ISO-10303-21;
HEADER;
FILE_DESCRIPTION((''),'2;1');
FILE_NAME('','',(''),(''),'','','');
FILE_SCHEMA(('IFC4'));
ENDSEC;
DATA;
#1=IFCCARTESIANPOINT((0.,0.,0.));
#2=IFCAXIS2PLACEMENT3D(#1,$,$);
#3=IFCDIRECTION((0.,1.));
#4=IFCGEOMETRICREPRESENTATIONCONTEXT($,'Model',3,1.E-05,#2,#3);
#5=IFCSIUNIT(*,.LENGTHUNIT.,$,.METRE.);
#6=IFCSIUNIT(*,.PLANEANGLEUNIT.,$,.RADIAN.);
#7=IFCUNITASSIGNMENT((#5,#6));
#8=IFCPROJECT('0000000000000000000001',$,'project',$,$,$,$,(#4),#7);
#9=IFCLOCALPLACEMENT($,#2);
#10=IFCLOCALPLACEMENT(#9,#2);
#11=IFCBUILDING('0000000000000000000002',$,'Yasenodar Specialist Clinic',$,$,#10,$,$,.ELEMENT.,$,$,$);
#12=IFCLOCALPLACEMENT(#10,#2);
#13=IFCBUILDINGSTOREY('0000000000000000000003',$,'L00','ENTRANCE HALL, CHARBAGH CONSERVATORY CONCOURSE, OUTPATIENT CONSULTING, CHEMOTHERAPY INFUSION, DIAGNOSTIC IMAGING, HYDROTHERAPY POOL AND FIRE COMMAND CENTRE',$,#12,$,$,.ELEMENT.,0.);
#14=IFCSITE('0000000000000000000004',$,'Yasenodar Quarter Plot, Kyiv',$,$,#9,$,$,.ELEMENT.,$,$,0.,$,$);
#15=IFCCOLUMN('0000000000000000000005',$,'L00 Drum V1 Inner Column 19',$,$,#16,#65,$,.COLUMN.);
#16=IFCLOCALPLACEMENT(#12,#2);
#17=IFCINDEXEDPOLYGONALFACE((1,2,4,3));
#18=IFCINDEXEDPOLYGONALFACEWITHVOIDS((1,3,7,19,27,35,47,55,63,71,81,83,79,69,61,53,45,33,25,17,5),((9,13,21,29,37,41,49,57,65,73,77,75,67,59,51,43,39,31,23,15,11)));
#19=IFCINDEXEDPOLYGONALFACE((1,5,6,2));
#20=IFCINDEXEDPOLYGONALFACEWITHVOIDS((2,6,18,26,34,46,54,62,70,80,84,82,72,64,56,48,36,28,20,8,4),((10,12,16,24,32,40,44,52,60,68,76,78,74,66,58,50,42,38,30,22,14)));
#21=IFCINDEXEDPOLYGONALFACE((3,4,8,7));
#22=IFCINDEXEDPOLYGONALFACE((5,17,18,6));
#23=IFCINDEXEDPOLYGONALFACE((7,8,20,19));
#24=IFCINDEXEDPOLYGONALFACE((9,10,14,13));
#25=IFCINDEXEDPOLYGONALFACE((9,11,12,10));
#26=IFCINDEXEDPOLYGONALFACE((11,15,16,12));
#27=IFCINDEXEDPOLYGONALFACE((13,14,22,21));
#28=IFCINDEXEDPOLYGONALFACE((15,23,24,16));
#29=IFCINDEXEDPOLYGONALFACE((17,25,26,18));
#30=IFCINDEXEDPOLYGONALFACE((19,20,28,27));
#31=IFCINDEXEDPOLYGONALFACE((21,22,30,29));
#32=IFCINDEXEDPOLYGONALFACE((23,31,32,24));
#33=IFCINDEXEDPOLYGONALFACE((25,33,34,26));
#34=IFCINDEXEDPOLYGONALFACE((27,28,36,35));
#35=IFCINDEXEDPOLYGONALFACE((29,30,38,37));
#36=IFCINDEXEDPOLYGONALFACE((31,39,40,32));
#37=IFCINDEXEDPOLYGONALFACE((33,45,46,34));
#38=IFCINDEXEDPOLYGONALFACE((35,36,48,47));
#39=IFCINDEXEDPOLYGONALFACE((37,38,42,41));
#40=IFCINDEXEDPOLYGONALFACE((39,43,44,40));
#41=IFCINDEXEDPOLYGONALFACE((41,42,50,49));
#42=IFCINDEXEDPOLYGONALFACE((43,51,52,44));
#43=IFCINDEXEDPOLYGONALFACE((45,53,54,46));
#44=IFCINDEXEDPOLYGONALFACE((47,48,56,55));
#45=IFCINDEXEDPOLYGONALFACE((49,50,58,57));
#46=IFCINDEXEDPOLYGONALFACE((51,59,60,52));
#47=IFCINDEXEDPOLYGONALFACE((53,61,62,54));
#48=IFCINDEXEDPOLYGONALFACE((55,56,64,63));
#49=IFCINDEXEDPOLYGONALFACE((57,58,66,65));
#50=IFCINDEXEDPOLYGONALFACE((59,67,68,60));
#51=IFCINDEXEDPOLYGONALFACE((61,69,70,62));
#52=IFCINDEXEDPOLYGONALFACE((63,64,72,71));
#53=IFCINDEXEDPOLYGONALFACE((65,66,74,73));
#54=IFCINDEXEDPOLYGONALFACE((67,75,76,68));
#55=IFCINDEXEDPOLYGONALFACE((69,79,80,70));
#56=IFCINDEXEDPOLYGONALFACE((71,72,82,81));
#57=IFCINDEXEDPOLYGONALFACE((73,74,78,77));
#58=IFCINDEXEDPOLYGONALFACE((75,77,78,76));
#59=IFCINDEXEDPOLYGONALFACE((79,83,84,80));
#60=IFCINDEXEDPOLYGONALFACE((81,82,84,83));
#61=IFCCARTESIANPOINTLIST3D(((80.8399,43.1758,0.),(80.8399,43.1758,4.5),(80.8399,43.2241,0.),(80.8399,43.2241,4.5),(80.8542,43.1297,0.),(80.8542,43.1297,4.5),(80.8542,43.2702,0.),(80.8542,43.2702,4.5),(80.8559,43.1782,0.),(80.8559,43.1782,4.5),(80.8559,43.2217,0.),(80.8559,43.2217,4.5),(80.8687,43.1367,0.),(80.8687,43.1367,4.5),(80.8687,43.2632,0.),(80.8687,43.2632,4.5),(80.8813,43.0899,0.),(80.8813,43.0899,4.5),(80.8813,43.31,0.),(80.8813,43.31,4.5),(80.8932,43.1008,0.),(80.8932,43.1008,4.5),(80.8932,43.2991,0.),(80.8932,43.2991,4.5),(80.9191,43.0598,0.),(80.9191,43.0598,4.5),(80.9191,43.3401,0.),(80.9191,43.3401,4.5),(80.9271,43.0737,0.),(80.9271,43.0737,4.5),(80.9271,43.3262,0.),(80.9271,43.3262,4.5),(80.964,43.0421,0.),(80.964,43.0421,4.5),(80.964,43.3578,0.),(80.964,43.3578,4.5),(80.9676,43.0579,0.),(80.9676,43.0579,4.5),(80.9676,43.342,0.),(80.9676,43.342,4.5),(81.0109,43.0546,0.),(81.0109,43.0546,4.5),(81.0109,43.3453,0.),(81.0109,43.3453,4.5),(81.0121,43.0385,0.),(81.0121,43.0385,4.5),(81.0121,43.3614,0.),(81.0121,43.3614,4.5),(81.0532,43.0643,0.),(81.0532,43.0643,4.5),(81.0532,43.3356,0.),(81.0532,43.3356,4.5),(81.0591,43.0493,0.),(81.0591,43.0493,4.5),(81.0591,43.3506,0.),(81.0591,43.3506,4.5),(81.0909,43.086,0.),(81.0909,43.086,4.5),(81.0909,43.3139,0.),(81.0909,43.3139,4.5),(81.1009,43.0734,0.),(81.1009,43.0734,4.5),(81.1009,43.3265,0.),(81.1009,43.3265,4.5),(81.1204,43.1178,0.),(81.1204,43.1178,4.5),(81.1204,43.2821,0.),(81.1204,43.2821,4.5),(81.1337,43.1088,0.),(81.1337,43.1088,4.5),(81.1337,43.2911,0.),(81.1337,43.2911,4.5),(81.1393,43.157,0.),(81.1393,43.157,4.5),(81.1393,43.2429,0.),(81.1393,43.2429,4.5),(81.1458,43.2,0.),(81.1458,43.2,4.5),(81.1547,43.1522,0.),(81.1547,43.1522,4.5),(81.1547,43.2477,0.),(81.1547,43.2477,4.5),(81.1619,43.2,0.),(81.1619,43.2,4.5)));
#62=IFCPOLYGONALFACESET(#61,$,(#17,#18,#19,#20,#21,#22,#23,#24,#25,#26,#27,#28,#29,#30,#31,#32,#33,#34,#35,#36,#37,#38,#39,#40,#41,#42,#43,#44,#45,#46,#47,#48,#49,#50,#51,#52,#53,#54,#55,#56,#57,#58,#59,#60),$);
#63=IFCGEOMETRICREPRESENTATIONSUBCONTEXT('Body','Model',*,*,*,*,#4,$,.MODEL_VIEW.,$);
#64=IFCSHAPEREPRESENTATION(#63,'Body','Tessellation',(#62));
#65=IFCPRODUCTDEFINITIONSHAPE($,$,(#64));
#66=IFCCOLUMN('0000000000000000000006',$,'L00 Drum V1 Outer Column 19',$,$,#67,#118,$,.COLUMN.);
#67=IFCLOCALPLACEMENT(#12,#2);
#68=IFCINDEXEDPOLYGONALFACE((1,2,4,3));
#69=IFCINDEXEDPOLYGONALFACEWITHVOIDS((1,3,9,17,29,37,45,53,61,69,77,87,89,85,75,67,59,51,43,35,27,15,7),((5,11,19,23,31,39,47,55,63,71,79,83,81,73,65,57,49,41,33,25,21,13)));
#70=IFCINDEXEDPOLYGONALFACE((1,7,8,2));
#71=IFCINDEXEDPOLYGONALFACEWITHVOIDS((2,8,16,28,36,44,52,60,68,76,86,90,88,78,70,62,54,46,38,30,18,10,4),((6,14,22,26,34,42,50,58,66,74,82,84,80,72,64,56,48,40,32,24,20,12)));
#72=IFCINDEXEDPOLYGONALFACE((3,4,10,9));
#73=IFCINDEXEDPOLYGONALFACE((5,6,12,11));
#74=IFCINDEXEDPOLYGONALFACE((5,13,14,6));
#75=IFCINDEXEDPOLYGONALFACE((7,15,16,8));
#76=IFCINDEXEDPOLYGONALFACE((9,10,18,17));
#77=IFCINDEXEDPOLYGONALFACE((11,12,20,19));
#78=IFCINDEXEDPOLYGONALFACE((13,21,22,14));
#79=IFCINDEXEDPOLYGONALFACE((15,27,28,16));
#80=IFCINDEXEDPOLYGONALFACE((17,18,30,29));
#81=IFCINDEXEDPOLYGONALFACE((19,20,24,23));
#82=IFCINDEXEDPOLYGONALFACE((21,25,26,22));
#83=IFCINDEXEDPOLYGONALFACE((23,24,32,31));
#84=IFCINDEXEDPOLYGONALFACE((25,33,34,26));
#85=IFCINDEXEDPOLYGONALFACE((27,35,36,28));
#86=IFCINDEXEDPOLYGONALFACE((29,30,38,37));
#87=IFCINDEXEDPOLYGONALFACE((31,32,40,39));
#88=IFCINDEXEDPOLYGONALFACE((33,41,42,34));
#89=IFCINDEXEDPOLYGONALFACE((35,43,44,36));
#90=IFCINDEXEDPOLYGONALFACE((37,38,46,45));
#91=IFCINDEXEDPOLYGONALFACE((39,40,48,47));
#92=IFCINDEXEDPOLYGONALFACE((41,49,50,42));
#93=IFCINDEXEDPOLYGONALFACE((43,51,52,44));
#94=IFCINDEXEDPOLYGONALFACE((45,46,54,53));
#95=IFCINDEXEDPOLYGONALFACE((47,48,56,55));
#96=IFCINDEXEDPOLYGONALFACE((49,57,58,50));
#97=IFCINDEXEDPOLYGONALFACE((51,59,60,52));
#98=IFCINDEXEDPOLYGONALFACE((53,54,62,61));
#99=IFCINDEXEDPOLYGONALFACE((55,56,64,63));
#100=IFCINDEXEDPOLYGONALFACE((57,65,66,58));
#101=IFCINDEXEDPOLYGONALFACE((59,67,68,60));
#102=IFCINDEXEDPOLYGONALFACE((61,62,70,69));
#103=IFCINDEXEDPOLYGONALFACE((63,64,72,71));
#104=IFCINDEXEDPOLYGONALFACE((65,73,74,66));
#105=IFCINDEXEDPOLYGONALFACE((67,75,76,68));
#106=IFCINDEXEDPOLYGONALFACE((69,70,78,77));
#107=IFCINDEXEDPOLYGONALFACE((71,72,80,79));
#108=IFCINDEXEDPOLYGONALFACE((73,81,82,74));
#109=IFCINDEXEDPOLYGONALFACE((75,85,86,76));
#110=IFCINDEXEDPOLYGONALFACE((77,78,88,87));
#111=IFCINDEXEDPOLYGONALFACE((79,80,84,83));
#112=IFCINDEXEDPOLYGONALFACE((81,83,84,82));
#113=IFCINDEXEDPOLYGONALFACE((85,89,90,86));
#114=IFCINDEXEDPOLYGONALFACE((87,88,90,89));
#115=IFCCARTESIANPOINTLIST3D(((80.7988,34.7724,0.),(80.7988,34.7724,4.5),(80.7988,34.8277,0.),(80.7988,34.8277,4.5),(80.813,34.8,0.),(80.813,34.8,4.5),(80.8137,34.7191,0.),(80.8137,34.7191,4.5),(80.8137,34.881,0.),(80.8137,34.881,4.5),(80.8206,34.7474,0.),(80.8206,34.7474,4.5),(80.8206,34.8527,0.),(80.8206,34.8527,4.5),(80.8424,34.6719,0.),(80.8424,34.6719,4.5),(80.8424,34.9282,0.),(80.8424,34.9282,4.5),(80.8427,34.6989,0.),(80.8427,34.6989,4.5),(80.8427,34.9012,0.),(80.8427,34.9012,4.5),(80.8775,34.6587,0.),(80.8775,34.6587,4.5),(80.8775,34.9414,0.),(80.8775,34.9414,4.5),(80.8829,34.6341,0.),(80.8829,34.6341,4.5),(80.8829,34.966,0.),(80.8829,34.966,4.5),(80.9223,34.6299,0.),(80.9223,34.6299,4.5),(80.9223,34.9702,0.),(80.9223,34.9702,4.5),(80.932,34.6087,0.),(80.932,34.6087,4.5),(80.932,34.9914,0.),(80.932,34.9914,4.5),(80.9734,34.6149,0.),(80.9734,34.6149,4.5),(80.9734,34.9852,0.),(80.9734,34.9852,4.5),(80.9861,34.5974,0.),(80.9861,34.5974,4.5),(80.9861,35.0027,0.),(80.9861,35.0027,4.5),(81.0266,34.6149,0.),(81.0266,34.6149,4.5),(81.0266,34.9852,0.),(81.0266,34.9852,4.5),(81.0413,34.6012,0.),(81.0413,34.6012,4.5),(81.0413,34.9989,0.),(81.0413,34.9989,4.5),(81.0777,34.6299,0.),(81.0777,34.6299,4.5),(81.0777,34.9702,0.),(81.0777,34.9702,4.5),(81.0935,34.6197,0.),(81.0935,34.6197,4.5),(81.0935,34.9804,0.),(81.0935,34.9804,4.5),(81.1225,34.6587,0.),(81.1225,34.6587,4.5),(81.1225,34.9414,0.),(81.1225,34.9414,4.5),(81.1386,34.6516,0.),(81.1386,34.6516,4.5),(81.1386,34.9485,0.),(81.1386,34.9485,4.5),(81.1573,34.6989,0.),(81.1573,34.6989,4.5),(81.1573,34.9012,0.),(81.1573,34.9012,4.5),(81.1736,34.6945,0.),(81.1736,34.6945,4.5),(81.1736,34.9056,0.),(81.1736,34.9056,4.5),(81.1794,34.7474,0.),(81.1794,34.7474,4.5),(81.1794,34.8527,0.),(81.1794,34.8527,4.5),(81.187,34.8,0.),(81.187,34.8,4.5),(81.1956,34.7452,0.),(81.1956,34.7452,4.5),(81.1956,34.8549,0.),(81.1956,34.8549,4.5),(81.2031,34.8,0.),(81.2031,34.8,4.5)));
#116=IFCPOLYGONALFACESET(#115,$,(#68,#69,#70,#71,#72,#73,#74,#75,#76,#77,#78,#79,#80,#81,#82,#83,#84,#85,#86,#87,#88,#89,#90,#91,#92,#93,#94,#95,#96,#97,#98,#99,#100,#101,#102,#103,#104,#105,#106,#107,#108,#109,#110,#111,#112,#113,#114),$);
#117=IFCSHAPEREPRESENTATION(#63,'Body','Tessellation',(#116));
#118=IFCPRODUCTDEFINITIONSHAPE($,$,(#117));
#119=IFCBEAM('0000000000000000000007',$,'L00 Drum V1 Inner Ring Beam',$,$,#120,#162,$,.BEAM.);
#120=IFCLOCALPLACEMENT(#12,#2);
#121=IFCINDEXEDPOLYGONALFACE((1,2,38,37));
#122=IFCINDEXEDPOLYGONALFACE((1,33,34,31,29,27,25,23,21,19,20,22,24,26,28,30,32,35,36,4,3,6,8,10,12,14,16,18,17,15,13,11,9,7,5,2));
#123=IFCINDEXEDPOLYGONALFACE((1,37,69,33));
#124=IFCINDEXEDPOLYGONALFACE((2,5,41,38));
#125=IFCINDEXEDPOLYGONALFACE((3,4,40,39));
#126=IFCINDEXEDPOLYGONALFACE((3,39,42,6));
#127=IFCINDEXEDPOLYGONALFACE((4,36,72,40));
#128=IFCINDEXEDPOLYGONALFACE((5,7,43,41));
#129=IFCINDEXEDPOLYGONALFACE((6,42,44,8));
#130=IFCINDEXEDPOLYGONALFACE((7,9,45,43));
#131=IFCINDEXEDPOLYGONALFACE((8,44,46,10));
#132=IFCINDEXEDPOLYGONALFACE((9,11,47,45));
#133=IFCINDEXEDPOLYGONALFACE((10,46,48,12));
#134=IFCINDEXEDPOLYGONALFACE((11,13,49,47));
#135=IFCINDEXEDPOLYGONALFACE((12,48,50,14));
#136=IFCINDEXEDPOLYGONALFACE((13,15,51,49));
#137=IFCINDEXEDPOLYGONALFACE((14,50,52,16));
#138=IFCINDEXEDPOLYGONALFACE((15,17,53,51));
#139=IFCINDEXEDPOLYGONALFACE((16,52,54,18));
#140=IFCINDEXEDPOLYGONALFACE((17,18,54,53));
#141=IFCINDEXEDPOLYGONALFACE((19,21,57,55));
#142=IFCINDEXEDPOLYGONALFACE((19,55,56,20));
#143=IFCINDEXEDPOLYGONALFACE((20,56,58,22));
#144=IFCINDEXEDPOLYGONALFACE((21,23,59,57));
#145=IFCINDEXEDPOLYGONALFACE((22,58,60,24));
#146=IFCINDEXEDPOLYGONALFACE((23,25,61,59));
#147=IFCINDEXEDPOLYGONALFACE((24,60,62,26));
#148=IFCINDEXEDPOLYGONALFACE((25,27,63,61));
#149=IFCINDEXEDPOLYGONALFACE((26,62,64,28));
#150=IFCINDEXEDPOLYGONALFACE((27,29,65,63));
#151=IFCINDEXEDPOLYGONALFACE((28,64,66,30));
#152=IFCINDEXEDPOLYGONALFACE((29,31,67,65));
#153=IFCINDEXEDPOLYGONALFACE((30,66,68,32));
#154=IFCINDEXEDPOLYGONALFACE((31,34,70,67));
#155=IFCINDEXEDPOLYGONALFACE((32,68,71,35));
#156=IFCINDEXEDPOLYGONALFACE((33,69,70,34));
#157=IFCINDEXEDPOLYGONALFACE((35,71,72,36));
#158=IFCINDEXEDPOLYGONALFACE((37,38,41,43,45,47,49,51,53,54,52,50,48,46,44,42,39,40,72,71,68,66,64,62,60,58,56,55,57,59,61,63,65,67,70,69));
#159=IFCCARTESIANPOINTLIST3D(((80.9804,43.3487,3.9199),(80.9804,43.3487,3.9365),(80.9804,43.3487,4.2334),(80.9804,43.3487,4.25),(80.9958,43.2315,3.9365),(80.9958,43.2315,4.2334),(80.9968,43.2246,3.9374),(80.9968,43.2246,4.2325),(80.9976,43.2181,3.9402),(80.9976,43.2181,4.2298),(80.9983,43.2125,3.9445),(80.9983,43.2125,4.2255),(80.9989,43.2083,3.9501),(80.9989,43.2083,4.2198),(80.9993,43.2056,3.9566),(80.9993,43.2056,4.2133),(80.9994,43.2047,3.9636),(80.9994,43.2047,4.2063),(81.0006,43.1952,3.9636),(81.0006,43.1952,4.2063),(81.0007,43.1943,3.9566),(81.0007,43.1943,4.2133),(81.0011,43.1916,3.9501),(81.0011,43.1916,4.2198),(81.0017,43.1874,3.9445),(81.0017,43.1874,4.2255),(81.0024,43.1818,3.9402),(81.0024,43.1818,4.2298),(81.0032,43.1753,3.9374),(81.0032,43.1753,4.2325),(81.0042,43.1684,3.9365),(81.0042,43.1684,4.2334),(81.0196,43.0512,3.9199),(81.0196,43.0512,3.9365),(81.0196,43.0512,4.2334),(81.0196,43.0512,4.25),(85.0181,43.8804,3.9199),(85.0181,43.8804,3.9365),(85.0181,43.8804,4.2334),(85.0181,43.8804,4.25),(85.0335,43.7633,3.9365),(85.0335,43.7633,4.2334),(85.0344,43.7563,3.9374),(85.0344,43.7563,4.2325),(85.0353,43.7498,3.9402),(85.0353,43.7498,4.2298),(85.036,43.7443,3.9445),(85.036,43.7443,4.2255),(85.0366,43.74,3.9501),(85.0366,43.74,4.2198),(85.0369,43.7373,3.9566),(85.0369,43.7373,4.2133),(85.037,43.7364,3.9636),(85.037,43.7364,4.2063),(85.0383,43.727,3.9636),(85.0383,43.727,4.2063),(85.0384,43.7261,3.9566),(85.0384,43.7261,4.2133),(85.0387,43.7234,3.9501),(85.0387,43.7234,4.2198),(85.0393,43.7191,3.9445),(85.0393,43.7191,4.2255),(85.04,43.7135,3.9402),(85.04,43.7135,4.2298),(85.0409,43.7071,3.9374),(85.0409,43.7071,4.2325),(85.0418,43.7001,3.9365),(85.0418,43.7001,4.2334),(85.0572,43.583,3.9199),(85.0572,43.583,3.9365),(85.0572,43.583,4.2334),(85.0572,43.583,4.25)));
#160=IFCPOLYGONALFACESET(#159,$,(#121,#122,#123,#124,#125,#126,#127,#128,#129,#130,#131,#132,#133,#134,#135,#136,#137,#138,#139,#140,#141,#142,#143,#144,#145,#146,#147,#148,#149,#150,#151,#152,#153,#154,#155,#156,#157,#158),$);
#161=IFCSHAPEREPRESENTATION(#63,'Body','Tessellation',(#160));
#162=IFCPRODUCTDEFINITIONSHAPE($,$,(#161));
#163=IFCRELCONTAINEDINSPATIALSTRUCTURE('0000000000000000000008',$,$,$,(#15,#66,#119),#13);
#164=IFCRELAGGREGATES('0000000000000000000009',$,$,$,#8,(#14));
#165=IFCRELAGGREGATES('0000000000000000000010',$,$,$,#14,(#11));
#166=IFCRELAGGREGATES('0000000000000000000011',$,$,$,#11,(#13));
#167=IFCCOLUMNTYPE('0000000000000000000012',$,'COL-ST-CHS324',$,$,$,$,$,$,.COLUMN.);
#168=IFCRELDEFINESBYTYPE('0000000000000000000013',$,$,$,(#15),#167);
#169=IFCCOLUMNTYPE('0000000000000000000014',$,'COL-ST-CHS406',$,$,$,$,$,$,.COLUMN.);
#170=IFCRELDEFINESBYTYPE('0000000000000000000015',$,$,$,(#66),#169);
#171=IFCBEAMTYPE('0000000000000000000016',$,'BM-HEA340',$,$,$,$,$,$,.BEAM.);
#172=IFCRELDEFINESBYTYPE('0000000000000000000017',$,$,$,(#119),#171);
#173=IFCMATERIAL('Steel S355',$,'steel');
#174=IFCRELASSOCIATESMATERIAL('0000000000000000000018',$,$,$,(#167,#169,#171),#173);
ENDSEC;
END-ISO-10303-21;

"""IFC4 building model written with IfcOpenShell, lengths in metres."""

from ifc_helpers import new_model, si_unit, direction, frame, origin, origin_2d, place, context, subcontext, project, spatial, hollow_circle, i_section, extrude, material, material_profile, profile_set, type_object, element, save


model = new_model("IFC4")

# Units and contexts
model_context = context("Model", 3, precision=1e-05, world=origin(), true_north=direction((0.0, 1.0)))
body_context = subcontext(model_context, "Body", "Model", "MODEL_VIEW")
ifc_project = project(units=[si_unit("LENGTHUNIT", "METRE"), si_unit("PLANEANGLEUNIT", "RADIAN")], contexts=[model_context])

# Site, building, storey
site_placement = place(None, origin())
site = spatial("IfcSite", under=ifc_project, at=site_placement, Name="Yasenodar Quarter Plot, Kyiv", CompositionType="ELEMENT", RefElevation=0.0)
building_placement = place(site_placement, origin())
building = spatial("IfcBuilding", under=site, at=building_placement, Name="Yasenodar Specialist Clinic", CompositionType="ELEMENT")
storey_placement = place(building_placement, origin())
storey = spatial("IfcBuildingStorey", under=building, at=storey_placement, Name="L00", Description="ENTRANCE HALL, CHARBAGH CONSERVATORY CONCOURSE, OUTPATIENT CONSULTING, CHEMOTHERAPY INFUSION, DIAGNOSTIC IMAGING, HYDROTHERAPY POOL AND FIRE COMMAND CENTRE", CompositionType="ELEMENT", Elevation=0.0)

# Columns
ifc_material_1 = material(Name="Steel S355", Category="steel")
ifc_material_profile_1 = material_profile(ifc_material_1, hollow_circle(Radius=0.1619, WallThickness=0.0161, at=origin_2d()), Name="CHS 323.9x16")
ifc_profile_set_1 = profile_set([ifc_material_profile_1], Name="Steel S355")
column_type_1 = type_object("IfcColumnType", Name="COL-ST-CHS324", PredefinedType="COLUMN", material=ifc_profile_set_1)
column_1_placement = place(storey_placement, frame((81.0, 43.2, 0.0), z_axis=(0.0, 0.0, 1.0), x_axis=(1.0, 0.0, 0.0)))
element("IfcColumn", 1, at=column_1_placement, inside=storey, type_object=column_type_1, Name="L00 Drum V1 Inner Column 19", PredefinedType="COLUMN", context=body_context, shape_type="SweptSolid", body=[
    extrude(hollow_circle(Radius=0.1619, WallThickness=0.0161, at=origin_2d()), origin(), (0.0, 0.0, 1.0), 4.5),
])
ifc_material_profile_2 = material_profile(ifc_material_1, hollow_circle(Radius=0.2031, WallThickness=0.0161, at=origin_2d()), Name="CHS 406.4x16")
ifc_profile_set_2 = profile_set([ifc_material_profile_2], Name="Steel S355")
column_type_2 = type_object("IfcColumnType", Name="COL-ST-CHS406", PredefinedType="COLUMN", material=ifc_profile_set_2)
column_2_placement = place(storey_placement, frame((81.0, 34.8, 0.0), z_axis=(0.0, 0.0, 1.0), x_axis=(1.0, 0.0, 0.0)))
element("IfcColumn", 2, at=column_2_placement, inside=storey, type_object=column_type_2, Name="L00 Drum V1 Outer Column 19", PredefinedType="COLUMN", context=body_context, shape_type="SweptSolid", body=[
    extrude(hollow_circle(Radius=0.2031, WallThickness=0.0161, at=origin_2d()), origin(), (0.0, 0.0, 1.0), 4.5),
])

# Beam
ifc_material_profile_3 = material_profile(ifc_material_1, i_section(OverallWidth=0.3, OverallDepth=0.3301, WebThickness=0.0095, FlangeThickness=0.0166, FilletRadius=0.0271, at=origin_2d()), Name="HEA 340")
ifc_profile_set_3 = profile_set([ifc_material_profile_3], Name="Steel S355")
beam_type_1 = type_object("IfcBeamType", Name="BM-HEA340", PredefinedType="BEAM", material=ifc_profile_set_3)
beam_1_placement = place(storey_placement, frame((81.0, 43.2, 4.085), z_axis=(0.991439, 0.130569, 0.0), x_axis=(-0.130569, 0.991439, 0.0)))
element("IfcBeam", 3, at=beam_1_placement, inside=storey, type_object=beam_type_1, Name="L00 Drum V1 Inner Ring Beam", PredefinedType="BEAM", context=body_context, shape_type="SweptSolid", body=[
    extrude(i_section(OverallWidth=0.3, OverallDepth=0.3301, WebThickness=0.0095, FlangeThickness=0.0166, FilletRadius=0.0271, at=origin_2d()), origin(), (0.0, 0.0, 1.0), 4.0725),
])

save(model, "model.ifc")
